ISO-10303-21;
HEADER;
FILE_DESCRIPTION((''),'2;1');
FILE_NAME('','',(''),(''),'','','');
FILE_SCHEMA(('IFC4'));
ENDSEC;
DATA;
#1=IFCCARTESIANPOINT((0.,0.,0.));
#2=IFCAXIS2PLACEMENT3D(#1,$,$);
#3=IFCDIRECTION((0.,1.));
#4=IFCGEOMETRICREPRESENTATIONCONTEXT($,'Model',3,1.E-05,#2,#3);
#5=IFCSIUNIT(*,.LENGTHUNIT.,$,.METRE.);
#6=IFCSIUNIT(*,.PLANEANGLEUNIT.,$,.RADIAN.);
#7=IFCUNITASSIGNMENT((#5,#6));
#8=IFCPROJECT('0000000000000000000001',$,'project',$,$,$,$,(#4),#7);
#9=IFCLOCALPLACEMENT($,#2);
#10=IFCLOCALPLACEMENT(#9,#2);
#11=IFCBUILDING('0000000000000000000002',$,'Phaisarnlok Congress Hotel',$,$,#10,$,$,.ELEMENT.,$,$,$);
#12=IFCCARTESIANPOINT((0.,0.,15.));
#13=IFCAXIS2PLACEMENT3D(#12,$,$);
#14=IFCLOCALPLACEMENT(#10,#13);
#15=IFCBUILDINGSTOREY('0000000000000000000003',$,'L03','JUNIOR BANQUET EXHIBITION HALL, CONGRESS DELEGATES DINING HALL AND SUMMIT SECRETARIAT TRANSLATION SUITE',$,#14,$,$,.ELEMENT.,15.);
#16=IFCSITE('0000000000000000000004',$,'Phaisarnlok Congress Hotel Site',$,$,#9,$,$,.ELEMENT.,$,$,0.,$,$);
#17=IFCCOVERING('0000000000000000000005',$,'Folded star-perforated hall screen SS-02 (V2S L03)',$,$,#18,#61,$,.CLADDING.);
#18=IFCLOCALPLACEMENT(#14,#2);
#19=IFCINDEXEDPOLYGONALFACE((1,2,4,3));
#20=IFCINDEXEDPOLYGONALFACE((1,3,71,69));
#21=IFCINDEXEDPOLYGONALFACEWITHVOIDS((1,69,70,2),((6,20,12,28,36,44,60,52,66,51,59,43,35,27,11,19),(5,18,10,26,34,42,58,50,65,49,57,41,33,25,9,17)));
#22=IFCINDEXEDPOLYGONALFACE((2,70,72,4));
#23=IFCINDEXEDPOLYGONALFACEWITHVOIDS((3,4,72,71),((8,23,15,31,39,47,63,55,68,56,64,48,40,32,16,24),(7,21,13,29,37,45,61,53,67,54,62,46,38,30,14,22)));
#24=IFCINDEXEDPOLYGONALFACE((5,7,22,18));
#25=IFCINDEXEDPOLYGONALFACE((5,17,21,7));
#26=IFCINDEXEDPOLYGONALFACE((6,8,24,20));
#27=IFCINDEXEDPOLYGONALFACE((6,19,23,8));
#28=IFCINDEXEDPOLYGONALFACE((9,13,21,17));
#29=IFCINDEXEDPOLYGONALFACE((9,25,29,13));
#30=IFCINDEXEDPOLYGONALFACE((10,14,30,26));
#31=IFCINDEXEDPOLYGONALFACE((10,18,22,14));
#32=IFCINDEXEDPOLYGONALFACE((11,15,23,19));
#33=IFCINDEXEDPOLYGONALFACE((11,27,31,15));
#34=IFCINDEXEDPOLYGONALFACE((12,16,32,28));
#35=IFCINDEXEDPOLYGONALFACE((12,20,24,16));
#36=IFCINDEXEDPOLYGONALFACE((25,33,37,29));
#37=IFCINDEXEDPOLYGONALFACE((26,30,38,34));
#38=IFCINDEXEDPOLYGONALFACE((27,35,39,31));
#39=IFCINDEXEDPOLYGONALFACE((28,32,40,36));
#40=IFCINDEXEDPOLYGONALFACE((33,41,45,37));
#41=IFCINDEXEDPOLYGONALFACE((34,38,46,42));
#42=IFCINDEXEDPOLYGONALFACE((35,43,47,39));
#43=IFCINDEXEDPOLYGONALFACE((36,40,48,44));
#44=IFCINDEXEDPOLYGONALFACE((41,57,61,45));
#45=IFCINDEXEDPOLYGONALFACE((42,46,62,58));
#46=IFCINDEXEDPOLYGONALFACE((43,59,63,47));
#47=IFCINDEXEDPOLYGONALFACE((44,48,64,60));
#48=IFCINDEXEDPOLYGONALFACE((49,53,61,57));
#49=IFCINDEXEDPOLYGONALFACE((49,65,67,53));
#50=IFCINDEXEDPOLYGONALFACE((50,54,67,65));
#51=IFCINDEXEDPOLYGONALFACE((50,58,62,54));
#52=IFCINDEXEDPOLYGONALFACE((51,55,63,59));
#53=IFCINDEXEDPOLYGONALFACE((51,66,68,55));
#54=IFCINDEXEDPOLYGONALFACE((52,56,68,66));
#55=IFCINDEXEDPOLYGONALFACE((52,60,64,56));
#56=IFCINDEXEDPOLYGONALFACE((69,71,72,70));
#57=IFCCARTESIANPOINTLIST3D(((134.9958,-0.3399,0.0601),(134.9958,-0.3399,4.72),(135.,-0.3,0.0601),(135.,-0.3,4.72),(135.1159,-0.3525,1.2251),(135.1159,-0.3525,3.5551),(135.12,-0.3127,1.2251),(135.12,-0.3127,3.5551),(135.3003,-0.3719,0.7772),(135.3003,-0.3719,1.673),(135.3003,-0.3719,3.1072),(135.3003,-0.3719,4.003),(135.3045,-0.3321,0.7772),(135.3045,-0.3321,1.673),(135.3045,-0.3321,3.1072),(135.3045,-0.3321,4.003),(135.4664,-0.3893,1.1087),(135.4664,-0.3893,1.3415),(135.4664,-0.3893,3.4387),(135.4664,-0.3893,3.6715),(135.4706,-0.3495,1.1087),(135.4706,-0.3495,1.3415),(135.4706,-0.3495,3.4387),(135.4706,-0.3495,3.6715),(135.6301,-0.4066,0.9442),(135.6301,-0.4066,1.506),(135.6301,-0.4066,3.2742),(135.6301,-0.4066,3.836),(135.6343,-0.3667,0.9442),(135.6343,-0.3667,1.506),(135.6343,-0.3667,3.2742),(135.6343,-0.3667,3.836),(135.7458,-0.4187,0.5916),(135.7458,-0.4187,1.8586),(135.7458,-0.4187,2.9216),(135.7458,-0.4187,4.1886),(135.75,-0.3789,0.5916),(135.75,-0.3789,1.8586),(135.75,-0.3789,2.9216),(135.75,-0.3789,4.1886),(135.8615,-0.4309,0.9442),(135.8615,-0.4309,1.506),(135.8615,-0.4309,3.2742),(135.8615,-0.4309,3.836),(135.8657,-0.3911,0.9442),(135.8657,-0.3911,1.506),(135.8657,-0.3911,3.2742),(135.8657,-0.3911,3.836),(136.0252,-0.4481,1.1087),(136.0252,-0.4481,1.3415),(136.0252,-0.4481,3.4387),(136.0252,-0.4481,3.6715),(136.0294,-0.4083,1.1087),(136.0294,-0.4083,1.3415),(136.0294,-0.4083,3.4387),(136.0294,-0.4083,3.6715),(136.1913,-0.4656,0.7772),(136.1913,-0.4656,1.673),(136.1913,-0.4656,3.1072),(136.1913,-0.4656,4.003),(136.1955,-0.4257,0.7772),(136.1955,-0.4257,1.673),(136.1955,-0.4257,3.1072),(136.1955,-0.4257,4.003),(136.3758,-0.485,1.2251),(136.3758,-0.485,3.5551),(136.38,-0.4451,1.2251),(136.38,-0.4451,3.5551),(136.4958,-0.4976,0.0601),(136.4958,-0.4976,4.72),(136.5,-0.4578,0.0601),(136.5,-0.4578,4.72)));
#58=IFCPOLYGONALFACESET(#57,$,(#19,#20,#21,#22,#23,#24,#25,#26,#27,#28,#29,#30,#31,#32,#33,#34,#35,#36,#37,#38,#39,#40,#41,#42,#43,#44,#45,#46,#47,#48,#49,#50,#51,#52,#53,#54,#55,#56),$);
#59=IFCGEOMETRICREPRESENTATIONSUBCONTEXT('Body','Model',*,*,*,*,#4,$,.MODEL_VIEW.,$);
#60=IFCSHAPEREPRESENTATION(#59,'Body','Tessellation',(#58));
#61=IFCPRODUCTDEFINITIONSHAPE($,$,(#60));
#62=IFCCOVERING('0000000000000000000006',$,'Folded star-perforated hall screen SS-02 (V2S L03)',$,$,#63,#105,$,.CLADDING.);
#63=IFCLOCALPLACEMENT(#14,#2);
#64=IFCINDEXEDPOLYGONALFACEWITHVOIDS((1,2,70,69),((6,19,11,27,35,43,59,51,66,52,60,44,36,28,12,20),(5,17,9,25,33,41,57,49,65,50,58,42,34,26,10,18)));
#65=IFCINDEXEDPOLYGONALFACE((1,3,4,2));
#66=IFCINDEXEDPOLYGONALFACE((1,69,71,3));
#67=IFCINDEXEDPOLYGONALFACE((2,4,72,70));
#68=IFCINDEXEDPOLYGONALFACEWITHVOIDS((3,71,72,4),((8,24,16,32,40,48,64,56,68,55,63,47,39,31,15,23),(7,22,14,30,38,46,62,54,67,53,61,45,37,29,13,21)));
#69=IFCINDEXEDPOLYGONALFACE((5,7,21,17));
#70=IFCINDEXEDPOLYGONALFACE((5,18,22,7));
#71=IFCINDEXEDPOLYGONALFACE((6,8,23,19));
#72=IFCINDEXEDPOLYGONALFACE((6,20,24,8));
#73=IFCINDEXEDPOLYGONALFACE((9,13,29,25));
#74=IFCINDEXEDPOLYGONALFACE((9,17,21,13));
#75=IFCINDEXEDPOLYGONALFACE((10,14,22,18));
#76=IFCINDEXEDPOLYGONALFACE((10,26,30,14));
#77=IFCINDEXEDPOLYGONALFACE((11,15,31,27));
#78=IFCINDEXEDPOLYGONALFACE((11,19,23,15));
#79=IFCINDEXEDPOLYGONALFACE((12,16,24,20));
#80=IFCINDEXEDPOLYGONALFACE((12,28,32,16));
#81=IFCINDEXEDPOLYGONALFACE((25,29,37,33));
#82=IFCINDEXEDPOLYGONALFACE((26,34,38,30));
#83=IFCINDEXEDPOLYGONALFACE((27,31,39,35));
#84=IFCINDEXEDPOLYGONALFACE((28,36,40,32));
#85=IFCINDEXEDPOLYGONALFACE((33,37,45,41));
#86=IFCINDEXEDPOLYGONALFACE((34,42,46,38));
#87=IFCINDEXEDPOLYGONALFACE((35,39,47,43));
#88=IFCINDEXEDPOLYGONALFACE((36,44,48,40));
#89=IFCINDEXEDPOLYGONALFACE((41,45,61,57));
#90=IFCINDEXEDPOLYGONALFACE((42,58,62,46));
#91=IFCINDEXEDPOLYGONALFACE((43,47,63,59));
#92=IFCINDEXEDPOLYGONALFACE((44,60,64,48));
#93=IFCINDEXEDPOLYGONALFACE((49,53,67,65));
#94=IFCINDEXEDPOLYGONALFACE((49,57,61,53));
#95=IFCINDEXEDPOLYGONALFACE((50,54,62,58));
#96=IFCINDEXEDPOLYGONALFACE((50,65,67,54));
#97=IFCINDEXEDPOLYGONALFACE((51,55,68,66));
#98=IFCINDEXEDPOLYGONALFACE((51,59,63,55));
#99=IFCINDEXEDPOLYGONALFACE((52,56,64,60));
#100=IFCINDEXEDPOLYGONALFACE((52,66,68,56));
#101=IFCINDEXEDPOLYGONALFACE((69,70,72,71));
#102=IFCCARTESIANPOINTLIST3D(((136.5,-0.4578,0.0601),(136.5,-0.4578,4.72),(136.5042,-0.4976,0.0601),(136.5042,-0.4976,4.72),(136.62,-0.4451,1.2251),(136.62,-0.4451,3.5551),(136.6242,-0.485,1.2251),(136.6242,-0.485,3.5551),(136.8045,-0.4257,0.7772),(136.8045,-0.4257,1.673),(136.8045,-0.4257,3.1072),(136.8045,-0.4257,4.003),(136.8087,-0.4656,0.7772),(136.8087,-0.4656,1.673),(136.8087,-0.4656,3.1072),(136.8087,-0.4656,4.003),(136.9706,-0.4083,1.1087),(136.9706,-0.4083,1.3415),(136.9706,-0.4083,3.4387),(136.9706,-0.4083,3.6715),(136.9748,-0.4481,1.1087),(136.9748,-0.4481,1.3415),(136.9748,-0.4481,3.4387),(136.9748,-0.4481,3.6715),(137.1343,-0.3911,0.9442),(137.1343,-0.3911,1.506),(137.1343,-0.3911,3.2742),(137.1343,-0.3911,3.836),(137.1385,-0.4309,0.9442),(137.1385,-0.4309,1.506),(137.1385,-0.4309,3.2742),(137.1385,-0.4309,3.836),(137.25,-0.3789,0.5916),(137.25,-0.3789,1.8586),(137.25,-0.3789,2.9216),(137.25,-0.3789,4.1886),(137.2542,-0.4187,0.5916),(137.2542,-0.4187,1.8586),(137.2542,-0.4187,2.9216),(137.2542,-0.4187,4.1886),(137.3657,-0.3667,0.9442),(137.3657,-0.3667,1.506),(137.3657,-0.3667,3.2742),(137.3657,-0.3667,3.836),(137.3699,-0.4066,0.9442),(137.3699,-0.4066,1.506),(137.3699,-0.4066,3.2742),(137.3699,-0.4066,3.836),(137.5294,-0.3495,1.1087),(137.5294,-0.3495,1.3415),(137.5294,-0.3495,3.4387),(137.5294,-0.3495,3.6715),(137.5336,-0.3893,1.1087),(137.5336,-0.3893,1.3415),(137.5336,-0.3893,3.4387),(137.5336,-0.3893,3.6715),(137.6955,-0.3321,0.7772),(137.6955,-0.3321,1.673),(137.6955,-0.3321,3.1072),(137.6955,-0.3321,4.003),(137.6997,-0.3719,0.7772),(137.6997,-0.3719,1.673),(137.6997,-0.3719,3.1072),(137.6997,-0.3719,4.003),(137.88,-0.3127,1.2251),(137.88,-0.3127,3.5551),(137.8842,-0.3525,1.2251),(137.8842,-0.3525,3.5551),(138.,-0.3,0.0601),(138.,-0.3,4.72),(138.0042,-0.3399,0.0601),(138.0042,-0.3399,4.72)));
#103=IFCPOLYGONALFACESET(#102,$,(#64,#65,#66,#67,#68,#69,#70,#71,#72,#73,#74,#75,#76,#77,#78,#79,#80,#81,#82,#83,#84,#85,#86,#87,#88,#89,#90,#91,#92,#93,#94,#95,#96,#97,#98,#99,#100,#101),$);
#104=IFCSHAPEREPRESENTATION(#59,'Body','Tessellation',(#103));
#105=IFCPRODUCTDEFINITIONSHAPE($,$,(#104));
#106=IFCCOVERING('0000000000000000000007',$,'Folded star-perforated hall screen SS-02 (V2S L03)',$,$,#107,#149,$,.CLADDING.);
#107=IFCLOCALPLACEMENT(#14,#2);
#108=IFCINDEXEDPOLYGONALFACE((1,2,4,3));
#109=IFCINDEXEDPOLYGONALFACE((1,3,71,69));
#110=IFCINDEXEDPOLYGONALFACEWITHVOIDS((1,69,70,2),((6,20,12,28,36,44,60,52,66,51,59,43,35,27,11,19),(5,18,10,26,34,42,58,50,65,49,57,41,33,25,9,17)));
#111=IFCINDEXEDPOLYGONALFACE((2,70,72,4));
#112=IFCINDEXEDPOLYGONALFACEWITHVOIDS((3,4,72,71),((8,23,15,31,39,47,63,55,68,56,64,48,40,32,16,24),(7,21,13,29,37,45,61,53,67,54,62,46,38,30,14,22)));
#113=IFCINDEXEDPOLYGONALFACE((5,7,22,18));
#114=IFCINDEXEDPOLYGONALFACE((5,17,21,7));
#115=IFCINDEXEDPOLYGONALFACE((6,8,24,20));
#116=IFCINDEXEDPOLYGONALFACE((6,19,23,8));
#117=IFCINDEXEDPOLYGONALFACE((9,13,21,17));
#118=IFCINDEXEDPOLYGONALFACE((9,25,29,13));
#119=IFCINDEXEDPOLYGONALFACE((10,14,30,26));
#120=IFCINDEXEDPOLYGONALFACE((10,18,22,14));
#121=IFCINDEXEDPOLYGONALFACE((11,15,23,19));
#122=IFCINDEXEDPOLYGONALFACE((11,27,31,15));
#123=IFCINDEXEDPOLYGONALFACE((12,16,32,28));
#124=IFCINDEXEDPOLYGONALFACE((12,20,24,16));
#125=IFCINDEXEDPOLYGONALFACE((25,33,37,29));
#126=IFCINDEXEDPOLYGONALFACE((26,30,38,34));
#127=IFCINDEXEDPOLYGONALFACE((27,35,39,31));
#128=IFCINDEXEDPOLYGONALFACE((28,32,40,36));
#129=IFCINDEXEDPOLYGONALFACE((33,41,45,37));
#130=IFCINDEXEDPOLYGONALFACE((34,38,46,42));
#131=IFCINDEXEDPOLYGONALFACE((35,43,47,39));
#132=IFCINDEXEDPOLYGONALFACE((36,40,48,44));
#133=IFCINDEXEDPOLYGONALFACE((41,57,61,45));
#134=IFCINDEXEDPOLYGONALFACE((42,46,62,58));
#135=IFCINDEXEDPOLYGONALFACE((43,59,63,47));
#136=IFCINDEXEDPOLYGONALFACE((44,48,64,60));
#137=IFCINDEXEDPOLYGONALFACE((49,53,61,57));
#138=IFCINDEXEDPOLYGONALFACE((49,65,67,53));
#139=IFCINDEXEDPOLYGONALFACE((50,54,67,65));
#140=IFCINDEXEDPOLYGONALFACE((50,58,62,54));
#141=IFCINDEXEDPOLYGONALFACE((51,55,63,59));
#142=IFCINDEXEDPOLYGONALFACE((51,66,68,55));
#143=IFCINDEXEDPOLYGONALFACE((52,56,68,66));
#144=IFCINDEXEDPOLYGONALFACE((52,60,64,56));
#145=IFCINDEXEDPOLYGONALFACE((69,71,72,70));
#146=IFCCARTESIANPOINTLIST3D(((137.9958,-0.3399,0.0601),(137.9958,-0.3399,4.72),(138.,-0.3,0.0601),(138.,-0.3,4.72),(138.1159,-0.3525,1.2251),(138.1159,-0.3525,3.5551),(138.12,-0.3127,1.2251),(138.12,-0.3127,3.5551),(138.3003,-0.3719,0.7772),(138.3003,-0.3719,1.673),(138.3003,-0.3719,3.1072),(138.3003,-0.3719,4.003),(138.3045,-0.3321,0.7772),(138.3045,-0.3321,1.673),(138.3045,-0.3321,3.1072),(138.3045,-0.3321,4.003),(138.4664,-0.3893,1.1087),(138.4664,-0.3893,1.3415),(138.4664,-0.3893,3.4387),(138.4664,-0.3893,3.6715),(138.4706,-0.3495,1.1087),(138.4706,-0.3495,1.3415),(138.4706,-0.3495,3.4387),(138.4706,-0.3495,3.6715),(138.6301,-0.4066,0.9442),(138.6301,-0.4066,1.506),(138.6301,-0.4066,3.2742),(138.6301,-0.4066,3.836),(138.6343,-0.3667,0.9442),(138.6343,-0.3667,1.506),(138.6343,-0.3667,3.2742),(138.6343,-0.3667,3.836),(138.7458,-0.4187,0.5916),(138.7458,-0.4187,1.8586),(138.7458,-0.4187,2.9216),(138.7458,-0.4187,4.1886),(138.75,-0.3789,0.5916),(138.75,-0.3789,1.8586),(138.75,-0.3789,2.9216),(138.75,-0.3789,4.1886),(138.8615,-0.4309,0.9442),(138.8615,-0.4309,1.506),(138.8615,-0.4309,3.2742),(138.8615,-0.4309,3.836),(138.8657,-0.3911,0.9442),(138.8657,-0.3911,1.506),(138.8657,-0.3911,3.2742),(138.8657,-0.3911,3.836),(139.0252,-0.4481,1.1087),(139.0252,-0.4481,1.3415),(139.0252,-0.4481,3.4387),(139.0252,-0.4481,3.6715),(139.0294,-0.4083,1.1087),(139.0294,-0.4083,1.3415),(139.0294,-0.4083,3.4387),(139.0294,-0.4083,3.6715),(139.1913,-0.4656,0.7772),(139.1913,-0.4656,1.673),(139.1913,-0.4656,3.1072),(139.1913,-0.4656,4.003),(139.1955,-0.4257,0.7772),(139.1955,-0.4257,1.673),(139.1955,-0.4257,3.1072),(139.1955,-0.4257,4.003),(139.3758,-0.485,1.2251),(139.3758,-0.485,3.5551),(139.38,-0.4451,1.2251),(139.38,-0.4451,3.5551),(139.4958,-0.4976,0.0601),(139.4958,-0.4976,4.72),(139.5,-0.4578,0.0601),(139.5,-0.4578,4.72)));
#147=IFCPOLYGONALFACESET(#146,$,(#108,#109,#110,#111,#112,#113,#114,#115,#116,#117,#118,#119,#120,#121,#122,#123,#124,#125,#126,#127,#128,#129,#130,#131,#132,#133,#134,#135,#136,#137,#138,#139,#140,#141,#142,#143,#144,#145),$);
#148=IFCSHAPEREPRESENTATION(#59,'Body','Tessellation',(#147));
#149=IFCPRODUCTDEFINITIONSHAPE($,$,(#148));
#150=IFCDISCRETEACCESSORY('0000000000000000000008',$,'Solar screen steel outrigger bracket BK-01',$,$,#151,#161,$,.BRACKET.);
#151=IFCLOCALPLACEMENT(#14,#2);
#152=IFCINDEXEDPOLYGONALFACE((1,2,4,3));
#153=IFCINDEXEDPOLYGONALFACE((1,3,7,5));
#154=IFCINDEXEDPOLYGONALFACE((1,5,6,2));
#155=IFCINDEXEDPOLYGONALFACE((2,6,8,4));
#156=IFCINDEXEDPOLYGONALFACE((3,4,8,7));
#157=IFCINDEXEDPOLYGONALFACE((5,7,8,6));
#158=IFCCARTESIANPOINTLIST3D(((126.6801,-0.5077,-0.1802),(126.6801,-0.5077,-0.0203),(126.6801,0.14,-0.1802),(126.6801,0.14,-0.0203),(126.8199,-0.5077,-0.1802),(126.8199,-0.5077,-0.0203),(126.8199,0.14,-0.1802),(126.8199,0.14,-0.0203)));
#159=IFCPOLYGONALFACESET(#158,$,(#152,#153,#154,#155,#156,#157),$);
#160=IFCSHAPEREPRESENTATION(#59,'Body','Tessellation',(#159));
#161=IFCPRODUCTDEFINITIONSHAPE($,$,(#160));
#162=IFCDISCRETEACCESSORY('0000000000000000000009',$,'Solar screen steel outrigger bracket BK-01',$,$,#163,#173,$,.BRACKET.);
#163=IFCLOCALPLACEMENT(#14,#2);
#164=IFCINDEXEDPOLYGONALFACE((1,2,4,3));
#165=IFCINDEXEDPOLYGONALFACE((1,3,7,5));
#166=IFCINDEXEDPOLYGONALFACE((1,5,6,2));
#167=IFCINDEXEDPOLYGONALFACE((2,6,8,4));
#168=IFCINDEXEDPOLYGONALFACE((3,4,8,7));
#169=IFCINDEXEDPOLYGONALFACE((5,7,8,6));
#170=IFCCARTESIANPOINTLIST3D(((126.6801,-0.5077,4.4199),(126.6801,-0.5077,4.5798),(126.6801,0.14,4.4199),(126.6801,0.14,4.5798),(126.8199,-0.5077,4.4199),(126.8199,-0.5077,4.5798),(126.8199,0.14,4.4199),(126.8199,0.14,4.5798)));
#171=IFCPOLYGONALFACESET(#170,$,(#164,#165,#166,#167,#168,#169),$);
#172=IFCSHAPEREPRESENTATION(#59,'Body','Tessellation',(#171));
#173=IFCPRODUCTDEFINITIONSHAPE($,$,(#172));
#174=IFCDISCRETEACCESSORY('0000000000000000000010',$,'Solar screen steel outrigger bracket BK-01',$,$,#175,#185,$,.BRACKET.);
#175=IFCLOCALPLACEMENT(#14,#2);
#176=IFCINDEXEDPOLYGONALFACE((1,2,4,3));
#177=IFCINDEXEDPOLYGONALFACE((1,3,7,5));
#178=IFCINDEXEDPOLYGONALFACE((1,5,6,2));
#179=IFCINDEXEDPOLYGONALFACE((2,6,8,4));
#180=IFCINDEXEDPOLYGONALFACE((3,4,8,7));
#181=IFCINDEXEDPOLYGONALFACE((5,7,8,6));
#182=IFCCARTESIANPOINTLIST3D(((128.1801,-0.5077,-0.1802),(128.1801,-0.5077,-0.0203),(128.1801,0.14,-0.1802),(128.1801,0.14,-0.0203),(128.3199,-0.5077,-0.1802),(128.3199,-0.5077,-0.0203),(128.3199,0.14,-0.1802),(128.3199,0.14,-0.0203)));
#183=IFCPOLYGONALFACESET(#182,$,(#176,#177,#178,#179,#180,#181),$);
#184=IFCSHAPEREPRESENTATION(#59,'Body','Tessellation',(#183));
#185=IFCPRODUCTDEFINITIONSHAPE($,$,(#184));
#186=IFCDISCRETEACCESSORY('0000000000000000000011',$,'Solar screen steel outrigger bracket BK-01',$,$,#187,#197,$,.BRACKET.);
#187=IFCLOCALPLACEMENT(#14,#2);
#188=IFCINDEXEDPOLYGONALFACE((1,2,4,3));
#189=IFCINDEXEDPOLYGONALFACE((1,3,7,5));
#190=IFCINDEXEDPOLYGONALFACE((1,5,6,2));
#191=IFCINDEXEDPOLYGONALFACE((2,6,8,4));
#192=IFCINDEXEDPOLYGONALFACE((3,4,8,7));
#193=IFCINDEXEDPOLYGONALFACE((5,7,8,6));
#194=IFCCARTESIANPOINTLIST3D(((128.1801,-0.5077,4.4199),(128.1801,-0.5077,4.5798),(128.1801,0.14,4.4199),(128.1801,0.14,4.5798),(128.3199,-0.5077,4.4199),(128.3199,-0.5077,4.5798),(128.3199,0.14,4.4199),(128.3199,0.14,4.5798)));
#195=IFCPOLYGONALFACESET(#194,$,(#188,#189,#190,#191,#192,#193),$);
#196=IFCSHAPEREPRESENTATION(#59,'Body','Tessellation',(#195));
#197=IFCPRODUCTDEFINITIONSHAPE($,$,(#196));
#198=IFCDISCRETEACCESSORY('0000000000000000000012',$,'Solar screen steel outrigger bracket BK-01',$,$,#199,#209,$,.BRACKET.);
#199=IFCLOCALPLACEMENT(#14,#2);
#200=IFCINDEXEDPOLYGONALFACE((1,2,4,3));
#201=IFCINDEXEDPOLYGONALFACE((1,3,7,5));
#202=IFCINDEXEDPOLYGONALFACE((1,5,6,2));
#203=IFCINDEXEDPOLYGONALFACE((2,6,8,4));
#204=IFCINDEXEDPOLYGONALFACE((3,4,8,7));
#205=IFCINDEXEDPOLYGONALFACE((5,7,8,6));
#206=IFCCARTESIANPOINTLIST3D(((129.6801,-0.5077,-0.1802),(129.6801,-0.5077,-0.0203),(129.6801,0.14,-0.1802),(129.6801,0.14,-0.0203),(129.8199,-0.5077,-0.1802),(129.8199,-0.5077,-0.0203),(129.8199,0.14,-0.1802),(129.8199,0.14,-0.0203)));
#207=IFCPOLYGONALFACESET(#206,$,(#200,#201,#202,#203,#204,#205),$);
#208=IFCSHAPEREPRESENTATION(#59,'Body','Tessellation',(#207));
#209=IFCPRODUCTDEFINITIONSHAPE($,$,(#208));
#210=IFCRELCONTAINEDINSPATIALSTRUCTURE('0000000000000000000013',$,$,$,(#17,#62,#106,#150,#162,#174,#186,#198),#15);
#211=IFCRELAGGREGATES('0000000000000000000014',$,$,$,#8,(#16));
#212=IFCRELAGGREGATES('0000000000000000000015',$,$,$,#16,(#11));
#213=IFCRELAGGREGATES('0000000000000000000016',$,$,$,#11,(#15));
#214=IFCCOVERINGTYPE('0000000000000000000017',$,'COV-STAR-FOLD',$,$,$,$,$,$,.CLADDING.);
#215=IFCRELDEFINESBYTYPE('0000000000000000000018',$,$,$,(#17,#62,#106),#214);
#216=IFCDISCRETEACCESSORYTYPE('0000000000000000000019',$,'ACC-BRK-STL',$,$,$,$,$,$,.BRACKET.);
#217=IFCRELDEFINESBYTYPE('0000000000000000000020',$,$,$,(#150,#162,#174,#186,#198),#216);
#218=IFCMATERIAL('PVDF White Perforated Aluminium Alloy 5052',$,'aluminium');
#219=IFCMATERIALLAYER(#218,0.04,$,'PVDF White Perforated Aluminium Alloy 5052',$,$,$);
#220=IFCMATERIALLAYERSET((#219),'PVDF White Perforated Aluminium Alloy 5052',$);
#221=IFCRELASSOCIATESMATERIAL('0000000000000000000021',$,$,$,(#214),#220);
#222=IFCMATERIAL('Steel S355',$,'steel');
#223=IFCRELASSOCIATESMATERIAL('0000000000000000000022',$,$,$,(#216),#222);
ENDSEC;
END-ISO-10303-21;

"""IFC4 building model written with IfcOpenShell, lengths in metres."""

from ifc_helpers import new_model, si_unit, direction, frame, origin, origin_2d, place, context, subcontext, project, spatial, polyline, rectangle, outline, extrude, material, layer, layer_set, type_object, element, save


model = new_model("IFC4")

# Units and contexts
model_context = context("Model", 3, precision=1e-05, world=origin(), true_north=direction((0.0, 1.0)))
body_context = subcontext(model_context, "Body", "Model", "MODEL_VIEW")
ifc_project = project(units=[si_unit("LENGTHUNIT", "METRE"), si_unit("PLANEANGLEUNIT", "RADIAN")], contexts=[model_context])

# Site, building, storey
site_placement = place(None, origin())
site = spatial("IfcSite", under=ifc_project, at=site_placement, Name="Phaisarnlok Congress Hotel Site", CompositionType="ELEMENT", RefElevation=0.0)
building_placement = place(site_placement, origin())
building = spatial("IfcBuilding", under=site, at=building_placement, Name="Phaisarnlok Congress Hotel", CompositionType="ELEMENT")
storey_placement = place(building_placement, frame((0.0, 0.0, 15.0)))
storey = spatial("IfcBuildingStorey", under=building, at=storey_placement, Name="L03", Description="JUNIOR BANQUET EXHIBITION HALL, CONGRESS DELEGATES DINING HALL AND SUMMIT SECRETARIAT TRANSLATION SUITE", CompositionType="ELEMENT", Elevation=15.0)

# Shared definitions
ifc_material_1 = material(Name="Steel S355", Category="steel")

# Coverings
ifc_material_2 = material(Name="PVDF White Perforated Aluminium Alloy 5052", Category="aluminium")
ifc_layer_1 = layer(ifc_material_2, 0.04, Name="PVDF White Perforated Aluminium Alloy 5052")
ifc_layer_set_1 = layer_set([ifc_layer_1], Name="PVDF White Perforated Aluminium Alloy 5052")
covering_type = type_object("IfcCoveringType", Name="COV-STAR-FOLD", PredefinedType="CLADDING", material=ifc_layer_set_1)
for number, where, z_axis, x_axis, name in (
    (1, (135.0, -0.3, 0.0601), (-0.104567, -0.994518, 0.0), (0.994518, -0.104567, 0.0), "Folded star-perforated hall screen SS-02 (V2S L03)"),
    (2, (136.5, -0.4578, 0.0601), (0.104567, -0.994518, 0.0), (0.994518, 0.104567, 0.0), "Folded star-perforated hall screen SS-02 (V2S L03)"),
    (3, (138.0, -0.3, 0.0601), (-0.104567, -0.994518, 0.0), (0.994518, -0.104567, 0.0), "Folded star-perforated hall screen SS-02 (V2S L03)"),
):
    element("IfcCovering", number, at=place(storey_placement, frame(where, z_axis=z_axis, x_axis=x_axis)), inside=storey, type_object=covering_type, Name=name, PredefinedType="CLADDING", context=body_context, shape_type="SweptSolid", body=[
        extrude(outline(polyline([(0.0, 0.0), (1.5083, 0.0), (1.5083, 4.6599), (0.0, 4.6599), (0.0, 0.0)]), holes=[polyline([(1.0351, 1.0486), (1.2021, 0.7171), (0.8705, 0.8841), (0.7541, 0.5315), (0.6378, 0.8841), (0.3062, 0.7171), (0.4732, 1.0486), (0.1207, 1.165), (0.4732, 1.2814), (0.3062, 1.6129), (0.6378, 1.4459), (0.7541, 1.7985), (0.8705, 1.4459), (1.2021, 1.6129), (1.0351, 1.2814), (1.3876, 1.165), (1.0351, 1.0486)]), polyline([(1.0351, 3.3786), (1.2021, 3.0471), (0.8705, 3.2141), (0.7541, 2.8615), (0.6378, 3.2141), (0.3062, 3.0471), (0.4732, 3.3786), (0.1207, 3.495), (0.4732, 3.6114), (0.3062, 3.9429), (0.6378, 3.7759), (0.7541, 4.1285), (0.8705, 3.7759), (1.2021, 3.9429), (1.0351, 3.6114), (1.3876, 3.495), (1.0351, 3.3786)])]), origin(), (0.0, 0.0, 1.0), 0.04),
    ])

# Discrete accessories
discrete_accessory_type = type_object("IfcDiscreteAccessoryType", Name="ACC-BRK-STL", PredefinedType="BRACKET", material=ifc_material_1)
for number, where, z_axis, x_axis, name in (
    (4, (126.75, -0.1838, -0.1802), (0.0, 0.0, 1.0), (1.0, 0.0, 0.0), "Solar screen steel outrigger bracket BK-01"),
    (5, (126.75, -0.1838, 4.4199), (0.0, 0.0, 1.0), (1.0, 0.0, 0.0), "Solar screen steel outrigger bracket BK-01"),
    (6, (128.25, -0.1838, -0.1802), (0.0, 0.0, 1.0), (1.0, 0.0, 0.0), "Solar screen steel outrigger bracket BK-01"),
    (7, (128.25, -0.1838, 4.4199), (0.0, 0.0, 1.0), (1.0, 0.0, 0.0), "Solar screen steel outrigger bracket BK-01"),
    (8, (129.75, -0.1838, -0.1802), (0.0, 0.0, 1.0), (1.0, 0.0, 0.0), "Solar screen steel outrigger bracket BK-01"),
):
    element("IfcDiscreteAccessory", number, at=place(storey_placement, frame(where, z_axis=z_axis, x_axis=x_axis)), inside=storey, type_object=discrete_accessory_type, Name=name, PredefinedType="BRACKET", context=body_context, shape_type="SweptSolid", body=[
        extrude(rectangle(XDim=0.1399, YDim=0.6477, at=origin_2d()), origin(), (0.0, 0.0, 1.0), 0.1599),
    ])

save(model, "model.ifc")
